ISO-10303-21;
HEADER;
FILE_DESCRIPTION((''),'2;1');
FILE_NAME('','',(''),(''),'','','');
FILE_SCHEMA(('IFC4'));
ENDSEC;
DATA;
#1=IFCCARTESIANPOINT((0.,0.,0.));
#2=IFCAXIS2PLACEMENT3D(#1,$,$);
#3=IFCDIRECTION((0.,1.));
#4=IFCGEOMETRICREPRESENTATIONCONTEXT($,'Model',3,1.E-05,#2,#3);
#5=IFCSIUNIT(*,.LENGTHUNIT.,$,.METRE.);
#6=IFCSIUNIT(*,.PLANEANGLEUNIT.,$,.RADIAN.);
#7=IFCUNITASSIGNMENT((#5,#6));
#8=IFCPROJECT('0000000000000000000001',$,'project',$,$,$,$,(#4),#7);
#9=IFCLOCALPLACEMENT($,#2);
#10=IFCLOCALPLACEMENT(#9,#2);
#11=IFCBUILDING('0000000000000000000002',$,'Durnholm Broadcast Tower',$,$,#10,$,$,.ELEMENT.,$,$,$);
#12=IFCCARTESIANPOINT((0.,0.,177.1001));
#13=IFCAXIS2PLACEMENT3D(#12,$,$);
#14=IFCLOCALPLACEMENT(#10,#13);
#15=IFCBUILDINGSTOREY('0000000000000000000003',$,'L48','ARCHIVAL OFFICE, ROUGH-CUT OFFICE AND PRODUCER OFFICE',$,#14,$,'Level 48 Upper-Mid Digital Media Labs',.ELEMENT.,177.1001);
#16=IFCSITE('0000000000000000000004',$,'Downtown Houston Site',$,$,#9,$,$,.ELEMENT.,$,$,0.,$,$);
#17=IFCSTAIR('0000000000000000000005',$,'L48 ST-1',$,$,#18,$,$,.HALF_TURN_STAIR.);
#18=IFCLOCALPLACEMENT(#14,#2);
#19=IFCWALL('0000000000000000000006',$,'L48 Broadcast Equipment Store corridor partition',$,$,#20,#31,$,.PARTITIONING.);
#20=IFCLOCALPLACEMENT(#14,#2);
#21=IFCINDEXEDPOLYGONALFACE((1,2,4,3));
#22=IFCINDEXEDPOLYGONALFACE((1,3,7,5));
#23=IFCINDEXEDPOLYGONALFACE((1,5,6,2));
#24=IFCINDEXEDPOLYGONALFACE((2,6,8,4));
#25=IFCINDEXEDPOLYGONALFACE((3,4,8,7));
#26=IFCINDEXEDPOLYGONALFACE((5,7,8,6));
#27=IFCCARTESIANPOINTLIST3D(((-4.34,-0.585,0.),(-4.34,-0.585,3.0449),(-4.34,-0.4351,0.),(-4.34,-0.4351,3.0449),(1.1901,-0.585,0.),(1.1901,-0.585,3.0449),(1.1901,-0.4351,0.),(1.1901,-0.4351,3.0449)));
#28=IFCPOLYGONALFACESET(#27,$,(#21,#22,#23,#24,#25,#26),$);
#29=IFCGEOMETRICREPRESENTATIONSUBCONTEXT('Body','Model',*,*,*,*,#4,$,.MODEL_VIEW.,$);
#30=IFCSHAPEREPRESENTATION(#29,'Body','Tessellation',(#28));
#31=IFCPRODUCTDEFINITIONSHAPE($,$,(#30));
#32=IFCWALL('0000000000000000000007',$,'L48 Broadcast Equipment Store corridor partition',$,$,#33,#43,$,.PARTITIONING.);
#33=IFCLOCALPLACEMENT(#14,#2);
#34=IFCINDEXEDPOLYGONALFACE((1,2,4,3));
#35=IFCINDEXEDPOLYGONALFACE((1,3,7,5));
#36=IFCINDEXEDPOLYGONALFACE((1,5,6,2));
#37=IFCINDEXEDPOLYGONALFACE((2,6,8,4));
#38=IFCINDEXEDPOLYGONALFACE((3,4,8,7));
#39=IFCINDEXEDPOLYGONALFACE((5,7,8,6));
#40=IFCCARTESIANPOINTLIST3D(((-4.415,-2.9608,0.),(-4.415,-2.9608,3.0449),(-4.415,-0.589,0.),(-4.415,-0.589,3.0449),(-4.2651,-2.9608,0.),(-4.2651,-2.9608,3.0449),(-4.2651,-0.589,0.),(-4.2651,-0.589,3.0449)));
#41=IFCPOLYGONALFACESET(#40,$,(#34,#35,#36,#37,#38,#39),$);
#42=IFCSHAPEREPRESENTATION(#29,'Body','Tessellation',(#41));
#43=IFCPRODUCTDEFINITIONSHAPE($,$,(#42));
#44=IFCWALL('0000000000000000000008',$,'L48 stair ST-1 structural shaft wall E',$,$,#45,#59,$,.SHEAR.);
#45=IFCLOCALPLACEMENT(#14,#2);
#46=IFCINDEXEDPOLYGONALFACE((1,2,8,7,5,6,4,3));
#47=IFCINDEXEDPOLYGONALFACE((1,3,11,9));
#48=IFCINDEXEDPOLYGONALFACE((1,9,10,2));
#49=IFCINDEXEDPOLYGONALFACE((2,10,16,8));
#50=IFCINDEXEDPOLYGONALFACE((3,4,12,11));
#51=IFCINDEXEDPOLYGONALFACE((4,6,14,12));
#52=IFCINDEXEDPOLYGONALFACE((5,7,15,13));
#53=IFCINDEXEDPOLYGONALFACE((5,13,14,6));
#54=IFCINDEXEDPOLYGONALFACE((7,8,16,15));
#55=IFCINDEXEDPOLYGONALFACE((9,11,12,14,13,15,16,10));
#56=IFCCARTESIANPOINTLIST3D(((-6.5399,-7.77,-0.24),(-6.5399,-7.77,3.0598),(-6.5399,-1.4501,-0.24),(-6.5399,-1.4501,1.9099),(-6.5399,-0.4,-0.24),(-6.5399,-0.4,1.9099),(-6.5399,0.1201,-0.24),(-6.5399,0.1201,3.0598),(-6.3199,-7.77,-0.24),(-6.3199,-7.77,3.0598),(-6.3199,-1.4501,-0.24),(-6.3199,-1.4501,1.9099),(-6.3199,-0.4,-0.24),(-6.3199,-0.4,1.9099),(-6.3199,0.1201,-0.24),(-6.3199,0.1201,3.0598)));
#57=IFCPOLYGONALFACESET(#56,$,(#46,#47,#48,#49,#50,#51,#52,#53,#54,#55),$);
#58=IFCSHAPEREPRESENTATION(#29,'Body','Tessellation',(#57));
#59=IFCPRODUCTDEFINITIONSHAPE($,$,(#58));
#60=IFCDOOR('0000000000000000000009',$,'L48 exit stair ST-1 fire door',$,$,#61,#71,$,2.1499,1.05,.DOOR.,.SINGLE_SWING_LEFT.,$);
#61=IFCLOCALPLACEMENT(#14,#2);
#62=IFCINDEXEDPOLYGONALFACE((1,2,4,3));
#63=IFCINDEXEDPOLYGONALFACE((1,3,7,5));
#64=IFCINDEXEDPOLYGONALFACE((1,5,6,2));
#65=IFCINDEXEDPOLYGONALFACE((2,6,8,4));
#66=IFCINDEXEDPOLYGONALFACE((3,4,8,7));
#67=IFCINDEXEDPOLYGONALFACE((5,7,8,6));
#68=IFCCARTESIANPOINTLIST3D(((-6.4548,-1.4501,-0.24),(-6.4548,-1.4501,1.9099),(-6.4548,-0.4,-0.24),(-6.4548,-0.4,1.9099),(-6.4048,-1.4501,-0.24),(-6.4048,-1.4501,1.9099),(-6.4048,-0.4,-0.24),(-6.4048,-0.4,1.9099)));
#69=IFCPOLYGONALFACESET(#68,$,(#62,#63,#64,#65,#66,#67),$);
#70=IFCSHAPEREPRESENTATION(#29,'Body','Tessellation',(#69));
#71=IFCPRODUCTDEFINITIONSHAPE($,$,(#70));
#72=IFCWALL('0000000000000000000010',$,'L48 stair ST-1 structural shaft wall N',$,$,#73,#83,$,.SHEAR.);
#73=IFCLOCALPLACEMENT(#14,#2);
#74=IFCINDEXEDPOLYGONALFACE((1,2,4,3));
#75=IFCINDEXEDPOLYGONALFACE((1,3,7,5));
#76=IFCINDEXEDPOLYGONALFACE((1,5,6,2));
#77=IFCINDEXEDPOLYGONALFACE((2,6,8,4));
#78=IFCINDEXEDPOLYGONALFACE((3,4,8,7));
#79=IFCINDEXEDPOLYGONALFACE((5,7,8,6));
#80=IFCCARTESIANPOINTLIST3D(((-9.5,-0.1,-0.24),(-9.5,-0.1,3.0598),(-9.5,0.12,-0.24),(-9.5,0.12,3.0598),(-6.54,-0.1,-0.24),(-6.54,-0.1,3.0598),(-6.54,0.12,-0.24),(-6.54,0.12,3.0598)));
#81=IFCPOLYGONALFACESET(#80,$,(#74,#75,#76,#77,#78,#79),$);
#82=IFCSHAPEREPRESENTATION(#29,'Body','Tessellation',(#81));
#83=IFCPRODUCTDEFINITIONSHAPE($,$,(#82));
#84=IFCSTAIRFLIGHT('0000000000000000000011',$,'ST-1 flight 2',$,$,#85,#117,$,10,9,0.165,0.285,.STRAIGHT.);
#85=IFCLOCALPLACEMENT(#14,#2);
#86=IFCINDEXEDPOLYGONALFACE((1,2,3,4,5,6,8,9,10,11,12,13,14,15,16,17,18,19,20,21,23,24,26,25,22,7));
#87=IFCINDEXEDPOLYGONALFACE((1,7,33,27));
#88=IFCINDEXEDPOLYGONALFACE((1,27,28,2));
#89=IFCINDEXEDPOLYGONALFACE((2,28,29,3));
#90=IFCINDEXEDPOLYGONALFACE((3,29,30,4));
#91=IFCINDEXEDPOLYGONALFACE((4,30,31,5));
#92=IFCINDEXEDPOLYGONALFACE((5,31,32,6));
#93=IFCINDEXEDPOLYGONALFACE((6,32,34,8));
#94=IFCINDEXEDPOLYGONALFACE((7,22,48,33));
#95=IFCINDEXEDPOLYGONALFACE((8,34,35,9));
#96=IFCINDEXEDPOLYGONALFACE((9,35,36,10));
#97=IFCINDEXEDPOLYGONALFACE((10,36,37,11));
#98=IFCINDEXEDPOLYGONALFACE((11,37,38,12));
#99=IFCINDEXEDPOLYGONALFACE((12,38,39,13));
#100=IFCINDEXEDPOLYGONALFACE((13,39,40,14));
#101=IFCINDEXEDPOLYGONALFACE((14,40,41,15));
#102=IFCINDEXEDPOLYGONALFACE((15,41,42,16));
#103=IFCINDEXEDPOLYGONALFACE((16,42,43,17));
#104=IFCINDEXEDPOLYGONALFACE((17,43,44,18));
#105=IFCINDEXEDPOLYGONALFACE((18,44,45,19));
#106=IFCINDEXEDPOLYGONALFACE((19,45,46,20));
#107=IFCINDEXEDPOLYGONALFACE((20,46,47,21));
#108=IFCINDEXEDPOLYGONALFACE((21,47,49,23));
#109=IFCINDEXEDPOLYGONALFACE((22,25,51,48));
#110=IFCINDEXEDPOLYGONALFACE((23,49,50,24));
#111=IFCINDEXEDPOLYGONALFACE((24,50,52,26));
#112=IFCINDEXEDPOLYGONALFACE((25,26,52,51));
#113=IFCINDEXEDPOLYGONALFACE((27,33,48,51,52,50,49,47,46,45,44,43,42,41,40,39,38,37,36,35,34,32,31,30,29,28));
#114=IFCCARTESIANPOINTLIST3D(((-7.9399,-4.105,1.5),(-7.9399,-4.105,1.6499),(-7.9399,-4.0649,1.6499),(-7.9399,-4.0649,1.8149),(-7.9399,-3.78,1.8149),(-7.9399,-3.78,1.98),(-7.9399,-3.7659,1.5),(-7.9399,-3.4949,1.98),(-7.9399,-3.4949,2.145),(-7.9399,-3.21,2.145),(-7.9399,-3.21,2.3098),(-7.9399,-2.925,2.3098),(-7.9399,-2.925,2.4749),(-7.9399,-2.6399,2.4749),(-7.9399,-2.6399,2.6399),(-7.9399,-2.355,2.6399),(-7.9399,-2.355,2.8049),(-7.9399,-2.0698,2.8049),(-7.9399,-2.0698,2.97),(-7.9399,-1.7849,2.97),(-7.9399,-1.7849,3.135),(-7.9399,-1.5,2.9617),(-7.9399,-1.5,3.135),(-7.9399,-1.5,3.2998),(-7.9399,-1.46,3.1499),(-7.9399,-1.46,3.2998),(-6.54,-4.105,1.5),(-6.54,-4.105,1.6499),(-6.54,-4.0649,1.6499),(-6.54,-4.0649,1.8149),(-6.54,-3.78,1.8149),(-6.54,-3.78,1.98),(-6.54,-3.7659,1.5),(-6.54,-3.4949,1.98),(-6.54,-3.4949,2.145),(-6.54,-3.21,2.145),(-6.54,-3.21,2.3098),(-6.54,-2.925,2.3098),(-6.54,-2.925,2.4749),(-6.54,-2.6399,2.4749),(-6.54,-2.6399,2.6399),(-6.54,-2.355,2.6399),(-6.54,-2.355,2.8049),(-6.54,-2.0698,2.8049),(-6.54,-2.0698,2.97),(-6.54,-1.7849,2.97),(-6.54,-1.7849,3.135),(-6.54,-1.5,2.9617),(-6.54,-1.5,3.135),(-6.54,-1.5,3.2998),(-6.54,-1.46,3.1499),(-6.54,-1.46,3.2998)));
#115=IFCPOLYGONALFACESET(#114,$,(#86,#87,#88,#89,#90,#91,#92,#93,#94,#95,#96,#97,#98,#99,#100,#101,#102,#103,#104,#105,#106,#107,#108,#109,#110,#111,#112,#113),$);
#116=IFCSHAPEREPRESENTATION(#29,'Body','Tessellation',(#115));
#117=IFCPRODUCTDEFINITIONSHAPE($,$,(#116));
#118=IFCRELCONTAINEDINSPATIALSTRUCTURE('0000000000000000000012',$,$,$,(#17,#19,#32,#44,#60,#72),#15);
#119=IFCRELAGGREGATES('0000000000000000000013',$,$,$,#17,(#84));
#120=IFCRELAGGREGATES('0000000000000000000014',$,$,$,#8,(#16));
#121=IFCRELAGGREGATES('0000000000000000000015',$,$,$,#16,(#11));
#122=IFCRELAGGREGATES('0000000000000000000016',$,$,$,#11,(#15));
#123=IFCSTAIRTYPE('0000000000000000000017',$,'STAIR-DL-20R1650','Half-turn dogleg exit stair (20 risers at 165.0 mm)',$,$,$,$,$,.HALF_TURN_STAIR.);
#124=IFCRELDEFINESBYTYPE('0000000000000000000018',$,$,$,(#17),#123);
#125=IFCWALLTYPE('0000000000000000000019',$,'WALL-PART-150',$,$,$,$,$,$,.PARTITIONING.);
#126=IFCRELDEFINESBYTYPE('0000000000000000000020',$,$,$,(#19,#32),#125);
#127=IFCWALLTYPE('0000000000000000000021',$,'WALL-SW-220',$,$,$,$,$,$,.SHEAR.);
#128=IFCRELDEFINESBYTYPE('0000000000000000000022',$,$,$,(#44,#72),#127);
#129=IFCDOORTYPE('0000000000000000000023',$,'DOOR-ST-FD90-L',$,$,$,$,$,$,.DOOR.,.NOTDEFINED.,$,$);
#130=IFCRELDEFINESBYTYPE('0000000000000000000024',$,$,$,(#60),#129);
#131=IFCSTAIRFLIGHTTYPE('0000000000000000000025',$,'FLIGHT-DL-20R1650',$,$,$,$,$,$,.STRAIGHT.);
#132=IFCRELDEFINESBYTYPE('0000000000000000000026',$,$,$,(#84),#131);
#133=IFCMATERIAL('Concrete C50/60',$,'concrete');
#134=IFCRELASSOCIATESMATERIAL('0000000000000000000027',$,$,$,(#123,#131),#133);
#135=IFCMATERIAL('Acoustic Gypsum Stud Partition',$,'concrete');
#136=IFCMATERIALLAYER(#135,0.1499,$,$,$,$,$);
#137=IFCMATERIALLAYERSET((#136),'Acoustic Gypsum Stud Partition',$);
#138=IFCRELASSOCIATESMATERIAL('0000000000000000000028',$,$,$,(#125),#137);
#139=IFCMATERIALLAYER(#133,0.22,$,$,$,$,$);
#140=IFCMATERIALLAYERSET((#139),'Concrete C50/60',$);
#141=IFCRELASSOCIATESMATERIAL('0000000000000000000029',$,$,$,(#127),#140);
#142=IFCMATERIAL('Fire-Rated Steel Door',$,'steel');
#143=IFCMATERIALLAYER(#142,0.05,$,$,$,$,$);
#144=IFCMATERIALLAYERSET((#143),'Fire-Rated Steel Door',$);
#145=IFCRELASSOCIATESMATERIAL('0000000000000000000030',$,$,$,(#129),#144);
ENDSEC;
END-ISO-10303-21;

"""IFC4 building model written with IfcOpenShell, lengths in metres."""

from ifc_helpers import new_model, si_unit, direction, frame, frame_2d, origin, place, context, subcontext, project, spatial, polyline, rectangle, outline, extrude, source, transform, mapped, material, layer, layer_set, type_object, type_shapes, element, fill, aggregate, save


model = new_model("IFC4")

# Units and contexts
model_context = context("Model", 3, precision=1e-05, world=origin(), true_north=direction((0.0, 1.0)))
body_context = subcontext(model_context, "Body", "Model", "MODEL_VIEW")
ifc_project = project(units=[si_unit("LENGTHUNIT", "METRE"), si_unit("PLANEANGLEUNIT", "RADIAN")], contexts=[model_context])

# Site, building, storey
site_placement = place(None, origin())
site = spatial("IfcSite", under=ifc_project, at=site_placement, Name="Downtown Houston Site", CompositionType="ELEMENT", RefElevation=0.0)
building_placement = place(site_placement, origin())
building = spatial("IfcBuilding", under=site, at=building_placement, Name="Durnholm Broadcast Tower", CompositionType="ELEMENT")
storey_placement = place(building_placement, frame((0.0, 0.0, 177.1001)))
storey = spatial("IfcBuildingStorey", under=building, at=storey_placement, Name="L48", Description="ARCHIVAL OFFICE, ROUGH-CUT OFFICE AND PRODUCER OFFICE", LongName="Level 48 Upper-Mid Digital Media Labs", CompositionType="ELEMENT", Elevation=177.1001)

# Shared definitions
ifc_material_1 = material(Name="Concrete C50/60", Category="concrete")

# Stair
stair_type = type_object("IfcStairType", Name="STAIR-DL-20R1650", Description="Half-turn dogleg exit stair (20 risers at 165.0 mm)", PredefinedType="HALF_TURN_STAIR", material=ifc_material_1)
stair_1_placement = place(storey_placement, origin())
stair_1 = element("IfcStair", 1, at=stair_1_placement, inside=storey, type_object=stair_type, Name="L48 ST-1", PredefinedType="HALF_TURN_STAIR")

# Shared definitions
ifc_material_2 = material(Name="Acoustic Gypsum Stud Partition", Category="concrete")
ifc_layer_1 = layer(ifc_material_2, 0.1499)
ifc_layer_set_1 = layer_set([ifc_layer_1], Name="Acoustic Gypsum Stud Partition")
wall_type_1 = type_object("IfcWallType", Name="WALL-PART-150", PredefinedType="PARTITIONING", material=ifc_layer_set_1)

# Walls
wall_1_placement = place(storey_placement, frame((-4.3401, -0.51, 0.0), z_axis=(0.0, 0.0, 1.0), x_axis=(1.0, 0.0, 0.0)))
element("IfcWall", 2, at=wall_1_placement, inside=storey, type_object=wall_type_1, Name="L48 Broadcast Equipment Store corridor partition", PredefinedType="PARTITIONING", context=body_context, shape_type="SweptSolid", body=[
    extrude(rectangle(XDim=5.53, YDim=0.1499, at=frame_2d((2.7651, 0.0))), origin(), (0.0, 0.0, 1.0), 3.0449),
])
wall_2_placement = place(storey_placement, frame((-4.3401, -2.9609, 0.0), z_axis=(0.0, 0.0, 1.0), x_axis=(0.0, 1.0, 0.0)))
element("IfcWall", 3, at=wall_2_placement, inside=storey, type_object=wall_type_1, Name="L48 Broadcast Equipment Store corridor partition", PredefinedType="PARTITIONING", context=body_context, shape_type="SweptSolid", body=[
    extrude(rectangle(XDim=2.3718, YDim=0.1499, at=frame_2d((1.186, 0.0))), origin(), (0.0, 0.0, 1.0), 3.0449),
])

# Wall, opening, door
ifc_layer_2 = layer(ifc_material_1, 0.22)
ifc_layer_set_2 = layer_set([ifc_layer_2], Name="Concrete C50/60")
wall_type_2 = type_object("IfcWallType", Name="WALL-SW-220", PredefinedType="SHEAR", material=ifc_layer_set_2)
wall_3_placement = place(storey_placement, frame((-6.4299, -7.77, -0.24), z_axis=(0.0, 0.0, 1.0), x_axis=(0.0, 1.0, 0.0)))
wall_3 = element("IfcWall", 4, at=wall_3_placement, inside=storey, type_object=wall_type_2, Name="L48 stair ST-1 structural shaft wall E", PredefinedType="SHEAR", context=body_context, shape_type="SweptSolid", body=[
    extrude(rectangle(XDim=7.8901, YDim=0.22, at=frame_2d((3.9451, 0.0))), origin(), (0.0, 0.0, 1.0), 3.2998),
])
opening_1_placement = place(wall_3_placement, frame((6.3201, 0.0, 0.0)))
opening_1 = element("IfcOpeningElement", 5, at=opening_1_placement, cuts=wall_3, PredefinedType="OPENING", context=body_context, shape_type="SweptSolid", body=[
    extrude(rectangle(XDim=1.05, YDim=2.1499, at=frame_2d((0.5249, 1.075))), frame((0.0, 0.1201, 0.0), z_axis=(0.0, -1.0, 0.0), x_axis=(1.0, 0.0, 0.0)), (0.0, 0.0, 1.0), 0.24),
])
ifc_material_3 = material(Name="Fire-Rated Steel Door", Category="steel")
ifc_layer_3 = layer(ifc_material_3, 0.05)
ifc_layer_set_3 = layer_set([ifc_layer_3], Name="Fire-Rated Steel Door")
door_type_1 = type_object("IfcDoorType", Name="DOOR-ST-FD90-L", OperationType="NOTDEFINED", PredefinedType="DOOR", material=ifc_layer_set_3)
shared_shape_1 = source(origin(), body_context, "Body", "SweptSolid", [
    extrude(rectangle(XDim=1.05, YDim=2.1499, at=frame_2d((0.5249, 1.075))), frame((0.0, 0.0249, 0.0), z_axis=(0.0, -1.0, 0.0), x_axis=(1.0, 0.0, 0.0)), (0.0, 0.0, 1.0), 0.05),
])
type_shapes(door_type_1, [shared_shape_1])
door_1_placement = place(opening_1_placement, origin())
door_1 = element("IfcDoor", 6, at=door_1_placement, inside=storey, type_object=door_type_1, Name="L48 exit stair ST-1 fire door", OperationType="SINGLE_SWING_LEFT", OverallHeight=2.1499, OverallWidth=1.05, PredefinedType="DOOR", context=body_context, shape_type="MappedRepresentation", body=[
    mapped(shared_shape_1, transform((0.0, 0.0, 0.0), x_axis=(1.0, 0.0, 0.0), y_axis=(0.0, 1.0, 0.0), z_axis=(0.0, 0.0, 1.0), scale=1.0)),
])
fill(opening_1, door_1)

# Wall
wall_4_placement = place(storey_placement, frame((-6.54, 0.01, -0.24), z_axis=(0.0, 0.0, 1.0), x_axis=(-1.0, 0.0, 0.0)))
element("IfcWall", 7, at=wall_4_placement, inside=storey, type_object=wall_type_2, Name="L48 stair ST-1 structural shaft wall N", PredefinedType="SHEAR", context=body_context, shape_type="SweptSolid", body=[
    extrude(rectangle(XDim=2.96, YDim=0.22, at=frame_2d((1.48, 0.0))), origin(), (0.0, 0.0, 1.0), 3.2998),
])

# Stair flight
stair_flight_type = type_object("IfcStairFlightType", Name="FLIGHT-DL-20R1650", PredefinedType="STRAIGHT", material=ifc_material_1)
stair_flight_placement = place(storey_placement, frame((-7.24, -4.0649, 1.6499), z_axis=(0.0, 0.0, 1.0), x_axis=(0.0, 1.0, 0.0)))
stair_flight = element("IfcStairFlight", 8, at=stair_flight_placement, type_object=stair_flight_type, Name="ST-1 flight 2", NumberOfRisers=10, NumberOfTreads=9, PredefinedType="STRAIGHT", RiserHeight=0.165, TreadLength=0.285, context=body_context, shape_type="SweptSolid", body=[
    extrude(outline(polyline([(-0.04, -0.1499), (-0.04, 0.0), (0.0, 0.0), (0.0, 0.165), (0.2849, 0.165), (0.2849, 0.3301), (0.5701, 0.3301), (0.5701, 0.4951), (0.855, 0.4951), (0.855, 0.6599), (1.1399, 0.6599), (1.1399, 0.825), (1.425, 0.825), (1.425, 0.99), (1.71, 0.99), (1.71, 1.155), (1.9951, 1.155), (1.9951, 1.3201), (2.28, 1.3201), (2.28, 1.4851), (2.5649, 1.4851), (2.5649, 1.6499), (2.605, 1.6499), (2.605, 1.5), (2.5649, 1.3118), (0.2991, -0.1499), (-0.04, -0.1499)])), frame((0.0, 0.7, 0.0), z_axis=(0.0, -1.0, 0.0), x_axis=(1.0, 0.0, 0.0)), (0.0, 0.0, 1.0), 1.3999),
])
aggregate(stair_1, [stair_flight])

save(model, "model.ifc")
